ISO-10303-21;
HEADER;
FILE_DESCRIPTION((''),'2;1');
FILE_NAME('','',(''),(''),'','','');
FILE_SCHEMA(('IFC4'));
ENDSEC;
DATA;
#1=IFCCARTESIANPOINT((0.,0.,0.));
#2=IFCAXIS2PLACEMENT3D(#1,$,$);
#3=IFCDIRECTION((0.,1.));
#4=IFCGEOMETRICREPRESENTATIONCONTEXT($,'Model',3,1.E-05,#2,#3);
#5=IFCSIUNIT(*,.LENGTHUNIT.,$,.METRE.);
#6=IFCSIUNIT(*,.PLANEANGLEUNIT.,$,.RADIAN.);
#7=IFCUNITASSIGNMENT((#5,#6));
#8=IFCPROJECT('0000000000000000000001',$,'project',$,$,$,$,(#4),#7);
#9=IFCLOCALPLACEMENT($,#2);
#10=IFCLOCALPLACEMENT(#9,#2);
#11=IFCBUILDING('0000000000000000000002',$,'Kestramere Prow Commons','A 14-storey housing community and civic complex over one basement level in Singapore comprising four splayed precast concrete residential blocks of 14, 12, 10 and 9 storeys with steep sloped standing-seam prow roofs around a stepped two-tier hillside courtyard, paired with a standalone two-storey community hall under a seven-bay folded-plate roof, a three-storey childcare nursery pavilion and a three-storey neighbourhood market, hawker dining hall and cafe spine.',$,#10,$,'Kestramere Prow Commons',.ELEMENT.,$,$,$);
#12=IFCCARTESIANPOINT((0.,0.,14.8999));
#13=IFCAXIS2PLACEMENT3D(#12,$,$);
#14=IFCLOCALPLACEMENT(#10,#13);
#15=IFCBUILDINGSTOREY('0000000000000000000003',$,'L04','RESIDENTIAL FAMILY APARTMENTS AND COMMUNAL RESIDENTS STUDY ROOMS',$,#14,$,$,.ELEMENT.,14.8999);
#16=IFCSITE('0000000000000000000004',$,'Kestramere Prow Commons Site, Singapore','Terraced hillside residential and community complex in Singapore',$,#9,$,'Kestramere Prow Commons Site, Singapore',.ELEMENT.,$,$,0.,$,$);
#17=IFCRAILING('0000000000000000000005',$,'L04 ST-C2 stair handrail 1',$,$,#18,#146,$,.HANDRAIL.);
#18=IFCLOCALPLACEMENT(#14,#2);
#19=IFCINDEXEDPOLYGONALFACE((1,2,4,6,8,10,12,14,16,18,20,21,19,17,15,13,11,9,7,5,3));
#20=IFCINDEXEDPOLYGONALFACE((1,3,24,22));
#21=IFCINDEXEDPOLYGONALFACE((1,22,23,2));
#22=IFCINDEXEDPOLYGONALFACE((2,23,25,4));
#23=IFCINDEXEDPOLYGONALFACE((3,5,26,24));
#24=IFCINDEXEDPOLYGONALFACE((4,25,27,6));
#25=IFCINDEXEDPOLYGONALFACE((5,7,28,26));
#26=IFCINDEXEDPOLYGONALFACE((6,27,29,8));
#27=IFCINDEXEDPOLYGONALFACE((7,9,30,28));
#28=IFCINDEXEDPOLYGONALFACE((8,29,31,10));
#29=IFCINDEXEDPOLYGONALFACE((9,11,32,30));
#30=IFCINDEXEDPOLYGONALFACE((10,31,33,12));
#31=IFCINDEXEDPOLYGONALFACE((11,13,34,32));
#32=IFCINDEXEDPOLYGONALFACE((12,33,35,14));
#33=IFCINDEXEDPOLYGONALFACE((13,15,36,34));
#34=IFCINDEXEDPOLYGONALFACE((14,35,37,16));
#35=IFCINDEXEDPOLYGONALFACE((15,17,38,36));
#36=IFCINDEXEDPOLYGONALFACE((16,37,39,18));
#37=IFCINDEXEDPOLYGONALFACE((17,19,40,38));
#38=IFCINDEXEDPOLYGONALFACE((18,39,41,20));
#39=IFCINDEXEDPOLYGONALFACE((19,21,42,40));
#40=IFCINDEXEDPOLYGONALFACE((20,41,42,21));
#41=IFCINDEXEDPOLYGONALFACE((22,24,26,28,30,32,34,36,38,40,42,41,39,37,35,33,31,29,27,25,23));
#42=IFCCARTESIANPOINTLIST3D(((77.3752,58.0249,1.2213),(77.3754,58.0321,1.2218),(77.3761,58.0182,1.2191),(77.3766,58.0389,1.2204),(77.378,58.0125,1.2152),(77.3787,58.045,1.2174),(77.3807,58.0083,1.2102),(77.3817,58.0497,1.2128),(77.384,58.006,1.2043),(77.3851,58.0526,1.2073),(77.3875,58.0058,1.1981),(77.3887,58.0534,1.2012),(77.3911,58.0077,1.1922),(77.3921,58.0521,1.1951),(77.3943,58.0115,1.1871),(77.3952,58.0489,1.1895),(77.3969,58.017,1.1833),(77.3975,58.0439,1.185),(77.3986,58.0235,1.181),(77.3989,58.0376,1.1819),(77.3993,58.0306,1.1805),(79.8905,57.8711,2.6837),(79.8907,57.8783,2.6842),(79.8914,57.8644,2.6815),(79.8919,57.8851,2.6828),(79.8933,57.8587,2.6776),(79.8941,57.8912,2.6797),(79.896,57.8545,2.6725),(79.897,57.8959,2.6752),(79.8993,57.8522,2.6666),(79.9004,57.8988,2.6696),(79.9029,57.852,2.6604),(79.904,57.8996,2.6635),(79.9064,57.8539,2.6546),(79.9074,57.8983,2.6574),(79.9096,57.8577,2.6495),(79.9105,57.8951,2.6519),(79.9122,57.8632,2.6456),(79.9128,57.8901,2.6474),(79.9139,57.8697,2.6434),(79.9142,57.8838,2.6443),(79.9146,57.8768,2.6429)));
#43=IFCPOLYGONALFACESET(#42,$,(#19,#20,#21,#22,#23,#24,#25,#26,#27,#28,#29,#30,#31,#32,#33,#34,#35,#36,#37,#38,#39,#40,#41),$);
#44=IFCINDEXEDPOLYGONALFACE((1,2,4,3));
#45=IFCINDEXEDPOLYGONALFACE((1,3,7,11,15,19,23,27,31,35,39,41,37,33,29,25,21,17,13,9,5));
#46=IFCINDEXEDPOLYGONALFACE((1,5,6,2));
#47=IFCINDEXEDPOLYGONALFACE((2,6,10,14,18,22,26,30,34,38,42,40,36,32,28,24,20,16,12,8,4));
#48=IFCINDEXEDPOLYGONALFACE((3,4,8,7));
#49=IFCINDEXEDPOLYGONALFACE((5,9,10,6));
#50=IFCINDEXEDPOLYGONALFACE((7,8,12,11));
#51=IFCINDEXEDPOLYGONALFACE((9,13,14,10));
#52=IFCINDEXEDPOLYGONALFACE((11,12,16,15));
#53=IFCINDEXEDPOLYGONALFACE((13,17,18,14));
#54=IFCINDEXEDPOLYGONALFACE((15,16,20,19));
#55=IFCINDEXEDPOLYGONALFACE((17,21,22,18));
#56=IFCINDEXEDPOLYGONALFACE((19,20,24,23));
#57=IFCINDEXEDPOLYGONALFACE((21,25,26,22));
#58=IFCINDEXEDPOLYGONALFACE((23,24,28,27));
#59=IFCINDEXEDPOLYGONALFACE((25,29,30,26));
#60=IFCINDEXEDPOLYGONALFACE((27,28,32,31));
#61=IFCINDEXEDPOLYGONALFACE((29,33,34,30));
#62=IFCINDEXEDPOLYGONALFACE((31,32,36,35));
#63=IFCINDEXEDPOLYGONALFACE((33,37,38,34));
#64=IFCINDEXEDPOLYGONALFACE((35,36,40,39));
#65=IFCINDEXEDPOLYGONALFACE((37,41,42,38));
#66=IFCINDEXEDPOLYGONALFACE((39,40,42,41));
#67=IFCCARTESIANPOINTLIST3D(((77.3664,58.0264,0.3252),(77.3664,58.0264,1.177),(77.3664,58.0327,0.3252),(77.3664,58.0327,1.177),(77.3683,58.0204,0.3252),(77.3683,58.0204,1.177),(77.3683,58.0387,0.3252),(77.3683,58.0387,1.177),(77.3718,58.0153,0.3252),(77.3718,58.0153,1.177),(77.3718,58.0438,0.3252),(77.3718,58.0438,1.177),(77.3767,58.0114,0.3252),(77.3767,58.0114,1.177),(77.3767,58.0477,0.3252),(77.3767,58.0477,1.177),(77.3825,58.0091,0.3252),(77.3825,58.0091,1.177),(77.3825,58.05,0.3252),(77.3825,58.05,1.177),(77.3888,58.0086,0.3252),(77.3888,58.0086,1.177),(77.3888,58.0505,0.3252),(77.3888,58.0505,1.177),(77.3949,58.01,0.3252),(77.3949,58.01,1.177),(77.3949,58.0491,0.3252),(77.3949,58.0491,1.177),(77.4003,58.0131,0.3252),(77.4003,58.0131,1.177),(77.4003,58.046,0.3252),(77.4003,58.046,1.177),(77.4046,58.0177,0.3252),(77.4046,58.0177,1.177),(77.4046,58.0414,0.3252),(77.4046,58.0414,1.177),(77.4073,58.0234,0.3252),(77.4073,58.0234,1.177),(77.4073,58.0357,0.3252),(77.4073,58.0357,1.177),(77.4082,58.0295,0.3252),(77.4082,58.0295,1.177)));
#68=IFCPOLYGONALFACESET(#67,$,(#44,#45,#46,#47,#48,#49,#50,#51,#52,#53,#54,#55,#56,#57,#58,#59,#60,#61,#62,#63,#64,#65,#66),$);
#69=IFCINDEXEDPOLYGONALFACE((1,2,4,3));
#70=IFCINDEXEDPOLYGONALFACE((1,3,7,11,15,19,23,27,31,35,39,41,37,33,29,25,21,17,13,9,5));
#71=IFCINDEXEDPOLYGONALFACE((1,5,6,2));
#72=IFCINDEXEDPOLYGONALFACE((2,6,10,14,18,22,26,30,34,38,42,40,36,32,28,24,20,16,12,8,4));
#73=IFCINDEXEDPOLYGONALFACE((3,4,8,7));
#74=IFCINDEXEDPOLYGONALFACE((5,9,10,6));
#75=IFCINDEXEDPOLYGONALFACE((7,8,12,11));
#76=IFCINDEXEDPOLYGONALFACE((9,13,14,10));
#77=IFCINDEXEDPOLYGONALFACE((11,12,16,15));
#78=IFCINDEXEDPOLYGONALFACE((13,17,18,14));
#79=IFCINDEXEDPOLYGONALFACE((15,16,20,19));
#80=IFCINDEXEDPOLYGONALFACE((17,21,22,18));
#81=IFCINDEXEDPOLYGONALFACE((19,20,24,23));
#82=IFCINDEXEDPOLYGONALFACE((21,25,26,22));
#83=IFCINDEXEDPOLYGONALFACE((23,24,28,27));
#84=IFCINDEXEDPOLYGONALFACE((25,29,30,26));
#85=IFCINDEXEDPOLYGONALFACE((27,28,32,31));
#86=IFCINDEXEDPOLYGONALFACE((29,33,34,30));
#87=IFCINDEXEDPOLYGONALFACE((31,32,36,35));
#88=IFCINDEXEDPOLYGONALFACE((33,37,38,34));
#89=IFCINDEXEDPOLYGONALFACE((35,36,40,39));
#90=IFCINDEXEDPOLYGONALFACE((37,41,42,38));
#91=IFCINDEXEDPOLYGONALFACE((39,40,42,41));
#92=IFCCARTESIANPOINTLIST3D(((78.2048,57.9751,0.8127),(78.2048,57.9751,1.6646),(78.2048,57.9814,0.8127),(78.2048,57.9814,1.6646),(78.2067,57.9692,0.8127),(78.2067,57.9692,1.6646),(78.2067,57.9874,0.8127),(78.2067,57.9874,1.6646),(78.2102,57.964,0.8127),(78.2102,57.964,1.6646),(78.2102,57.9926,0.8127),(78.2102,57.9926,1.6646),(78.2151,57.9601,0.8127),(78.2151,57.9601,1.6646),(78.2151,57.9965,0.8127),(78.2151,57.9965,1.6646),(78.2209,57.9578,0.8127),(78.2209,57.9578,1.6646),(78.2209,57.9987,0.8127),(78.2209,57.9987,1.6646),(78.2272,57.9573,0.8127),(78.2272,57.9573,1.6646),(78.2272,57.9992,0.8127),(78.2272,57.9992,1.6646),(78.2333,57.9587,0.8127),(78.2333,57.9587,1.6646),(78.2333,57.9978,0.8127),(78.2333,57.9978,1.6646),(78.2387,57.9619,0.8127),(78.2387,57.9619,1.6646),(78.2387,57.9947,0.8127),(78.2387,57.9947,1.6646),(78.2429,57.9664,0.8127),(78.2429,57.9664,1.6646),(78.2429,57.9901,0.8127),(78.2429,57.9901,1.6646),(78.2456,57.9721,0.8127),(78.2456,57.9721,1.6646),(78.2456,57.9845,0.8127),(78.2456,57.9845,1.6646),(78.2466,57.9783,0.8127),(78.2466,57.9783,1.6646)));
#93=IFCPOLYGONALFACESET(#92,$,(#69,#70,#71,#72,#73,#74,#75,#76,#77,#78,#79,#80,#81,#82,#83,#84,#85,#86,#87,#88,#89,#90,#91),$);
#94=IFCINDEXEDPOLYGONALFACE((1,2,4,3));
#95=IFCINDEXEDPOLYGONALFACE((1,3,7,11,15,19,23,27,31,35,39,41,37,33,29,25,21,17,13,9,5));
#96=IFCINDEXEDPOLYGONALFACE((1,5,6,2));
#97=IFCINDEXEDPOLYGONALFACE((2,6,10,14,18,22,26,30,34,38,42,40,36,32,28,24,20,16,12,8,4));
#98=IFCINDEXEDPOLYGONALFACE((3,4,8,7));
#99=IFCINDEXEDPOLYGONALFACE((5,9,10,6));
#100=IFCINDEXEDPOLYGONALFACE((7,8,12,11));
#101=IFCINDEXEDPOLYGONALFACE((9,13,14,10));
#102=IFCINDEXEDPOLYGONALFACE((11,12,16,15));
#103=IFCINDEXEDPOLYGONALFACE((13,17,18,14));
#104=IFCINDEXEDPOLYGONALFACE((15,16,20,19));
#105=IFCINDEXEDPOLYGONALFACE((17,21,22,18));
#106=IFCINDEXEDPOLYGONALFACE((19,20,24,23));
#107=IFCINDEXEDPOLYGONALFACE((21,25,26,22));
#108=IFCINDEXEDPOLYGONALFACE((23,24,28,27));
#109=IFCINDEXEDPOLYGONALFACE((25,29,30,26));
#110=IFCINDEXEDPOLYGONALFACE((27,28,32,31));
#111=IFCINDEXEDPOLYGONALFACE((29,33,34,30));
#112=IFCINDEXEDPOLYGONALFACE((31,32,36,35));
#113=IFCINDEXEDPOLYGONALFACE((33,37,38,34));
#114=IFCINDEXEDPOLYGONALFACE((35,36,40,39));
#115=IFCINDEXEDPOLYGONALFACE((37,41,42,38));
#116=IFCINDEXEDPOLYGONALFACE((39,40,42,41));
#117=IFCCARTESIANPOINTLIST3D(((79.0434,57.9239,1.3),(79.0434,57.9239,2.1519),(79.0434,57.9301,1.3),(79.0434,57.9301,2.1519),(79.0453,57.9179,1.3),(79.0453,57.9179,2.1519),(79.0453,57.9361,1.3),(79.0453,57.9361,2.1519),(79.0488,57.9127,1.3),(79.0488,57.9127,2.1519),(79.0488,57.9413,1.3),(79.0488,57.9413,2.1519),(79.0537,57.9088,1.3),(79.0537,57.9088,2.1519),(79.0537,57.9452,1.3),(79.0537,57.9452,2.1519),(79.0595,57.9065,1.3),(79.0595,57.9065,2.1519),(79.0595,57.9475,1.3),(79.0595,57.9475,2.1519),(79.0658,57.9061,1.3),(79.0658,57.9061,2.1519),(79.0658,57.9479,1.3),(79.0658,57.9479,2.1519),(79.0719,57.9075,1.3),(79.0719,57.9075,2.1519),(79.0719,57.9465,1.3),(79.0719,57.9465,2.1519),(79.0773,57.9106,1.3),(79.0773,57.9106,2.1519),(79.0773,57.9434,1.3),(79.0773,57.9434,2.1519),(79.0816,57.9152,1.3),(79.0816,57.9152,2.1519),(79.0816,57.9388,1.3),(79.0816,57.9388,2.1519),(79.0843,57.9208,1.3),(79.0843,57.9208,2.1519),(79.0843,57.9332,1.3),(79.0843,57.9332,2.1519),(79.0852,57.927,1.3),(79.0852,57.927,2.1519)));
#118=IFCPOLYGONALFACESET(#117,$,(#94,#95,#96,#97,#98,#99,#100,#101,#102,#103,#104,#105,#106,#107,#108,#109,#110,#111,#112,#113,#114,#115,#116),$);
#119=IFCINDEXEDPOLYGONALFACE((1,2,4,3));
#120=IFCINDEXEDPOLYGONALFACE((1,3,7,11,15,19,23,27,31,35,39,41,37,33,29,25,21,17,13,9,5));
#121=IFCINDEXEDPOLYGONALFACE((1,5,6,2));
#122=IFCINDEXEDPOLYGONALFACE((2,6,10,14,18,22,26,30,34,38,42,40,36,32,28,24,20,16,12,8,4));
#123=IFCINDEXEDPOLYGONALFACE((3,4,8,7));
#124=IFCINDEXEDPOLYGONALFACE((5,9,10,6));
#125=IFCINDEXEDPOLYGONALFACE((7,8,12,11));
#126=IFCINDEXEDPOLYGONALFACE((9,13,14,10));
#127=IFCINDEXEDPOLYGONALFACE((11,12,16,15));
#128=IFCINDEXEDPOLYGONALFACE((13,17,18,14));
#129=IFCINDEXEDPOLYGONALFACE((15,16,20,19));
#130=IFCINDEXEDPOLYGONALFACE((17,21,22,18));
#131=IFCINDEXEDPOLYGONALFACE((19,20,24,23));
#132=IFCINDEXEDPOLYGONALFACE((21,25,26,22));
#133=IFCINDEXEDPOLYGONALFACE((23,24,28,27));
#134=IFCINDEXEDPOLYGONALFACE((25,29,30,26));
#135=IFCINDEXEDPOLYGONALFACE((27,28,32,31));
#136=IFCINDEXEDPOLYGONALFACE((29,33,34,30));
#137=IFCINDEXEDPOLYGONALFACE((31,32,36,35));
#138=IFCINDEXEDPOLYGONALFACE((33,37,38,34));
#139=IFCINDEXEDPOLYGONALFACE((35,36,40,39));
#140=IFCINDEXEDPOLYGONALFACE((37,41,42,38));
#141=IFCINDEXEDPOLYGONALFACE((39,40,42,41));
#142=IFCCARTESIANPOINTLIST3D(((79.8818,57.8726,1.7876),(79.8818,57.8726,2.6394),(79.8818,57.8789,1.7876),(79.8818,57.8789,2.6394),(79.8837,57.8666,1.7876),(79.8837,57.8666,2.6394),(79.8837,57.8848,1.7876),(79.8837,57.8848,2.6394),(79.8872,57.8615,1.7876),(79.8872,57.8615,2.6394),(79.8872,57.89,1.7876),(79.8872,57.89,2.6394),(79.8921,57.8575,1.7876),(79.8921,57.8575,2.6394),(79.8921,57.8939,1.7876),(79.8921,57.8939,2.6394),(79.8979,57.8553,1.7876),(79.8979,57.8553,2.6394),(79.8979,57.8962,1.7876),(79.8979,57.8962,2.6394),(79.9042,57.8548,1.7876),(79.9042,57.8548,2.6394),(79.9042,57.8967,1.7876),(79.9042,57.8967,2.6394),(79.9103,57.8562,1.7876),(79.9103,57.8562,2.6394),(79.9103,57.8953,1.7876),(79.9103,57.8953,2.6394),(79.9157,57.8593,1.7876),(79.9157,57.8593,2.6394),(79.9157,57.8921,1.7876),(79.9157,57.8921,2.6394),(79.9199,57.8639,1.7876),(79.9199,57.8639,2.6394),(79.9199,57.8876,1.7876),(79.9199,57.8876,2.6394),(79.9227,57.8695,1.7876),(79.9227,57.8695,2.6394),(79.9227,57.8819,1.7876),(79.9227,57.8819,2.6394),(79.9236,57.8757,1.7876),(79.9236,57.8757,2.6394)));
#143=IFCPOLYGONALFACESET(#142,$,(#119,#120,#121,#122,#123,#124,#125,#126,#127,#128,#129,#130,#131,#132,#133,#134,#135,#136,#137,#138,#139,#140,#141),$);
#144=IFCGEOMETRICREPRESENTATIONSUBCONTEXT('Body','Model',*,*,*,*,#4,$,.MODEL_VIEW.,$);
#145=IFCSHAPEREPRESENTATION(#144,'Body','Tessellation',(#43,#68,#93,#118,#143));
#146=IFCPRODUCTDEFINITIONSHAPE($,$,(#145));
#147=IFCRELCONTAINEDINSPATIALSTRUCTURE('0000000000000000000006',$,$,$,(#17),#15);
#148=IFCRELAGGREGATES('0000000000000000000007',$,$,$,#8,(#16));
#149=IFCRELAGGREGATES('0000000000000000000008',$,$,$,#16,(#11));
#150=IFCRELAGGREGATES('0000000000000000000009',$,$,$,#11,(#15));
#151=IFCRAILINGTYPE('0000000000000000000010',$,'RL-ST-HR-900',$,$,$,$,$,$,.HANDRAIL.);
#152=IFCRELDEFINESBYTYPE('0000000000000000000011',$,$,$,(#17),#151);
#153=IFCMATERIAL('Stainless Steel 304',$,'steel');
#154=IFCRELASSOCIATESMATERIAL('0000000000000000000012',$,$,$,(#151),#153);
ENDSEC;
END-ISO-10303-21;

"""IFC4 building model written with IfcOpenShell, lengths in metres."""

from ifc_helpers import new_model, si_unit, direction, frame, origin, origin_2d, place, context, subcontext, project, spatial, circle, extrude, material, type_object, element, save


model = new_model("IFC4")

# Units and contexts
model_context = context("Model", 3, precision=1e-05, world=origin(), true_north=direction((0.0, 1.0)))
body_context = subcontext(model_context, "Body", "Model", "MODEL_VIEW")
ifc_project = project(units=[si_unit("LENGTHUNIT", "METRE"), si_unit("PLANEANGLEUNIT", "RADIAN")], contexts=[model_context])

# Site, building, storey
site_placement = place(None, origin())
site = spatial("IfcSite", under=ifc_project, at=site_placement, Name="Kestramere Prow Commons Site, Singapore", Description="Terraced hillside residential and community complex in Singapore", LongName="Kestramere Prow Commons Site, Singapore", CompositionType="ELEMENT", RefElevation=0.0)
building_placement = place(site_placement, origin())
building = spatial("IfcBuilding", under=site, at=building_placement, Name="Kestramere Prow Commons", Description="A 14-storey housing community and civic complex over one basement level in Singapore comprising four splayed precast concrete residential blocks of 14, 12, 10 and 9 storeys with steep sloped standing-seam prow roofs around a stepped two-tier hillside courtyard, paired with a standalone two-storey community hall under a seven-bay folded-plate roof, a three-storey childcare nursery pavilion and a three-storey neighbourhood market, hawker dining hall and cafe spine.", LongName="Kestramere Prow Commons", CompositionType="ELEMENT")
storey_placement = place(building_placement, frame((0.0, 0.0, 14.8999)))
storey = spatial("IfcBuildingStorey", under=building, at=storey_placement, Name="L04", Description="RESIDENTIAL FAMILY APARTMENTS AND COMMUNAL RESIDENTS STUDY ROOMS", CompositionType="ELEMENT", Elevation=14.8999)

# Railing
ifc_material_1 = material(Name="Stainless Steel 304", Category="steel")
railing_type = type_object("IfcRailingType", Name="RL-ST-HR-900", PredefinedType="HANDRAIL", material=ifc_material_1)
railing_placement = place(storey_placement, frame((77.3872, 58.0295, 0.3252)))
element("IfcRailing", 1, at=railing_placement, inside=storey, type_object=railing_type, Name="L04 ST-C2 stair handrail 1", PredefinedType="HANDRAIL", context=body_context, shape_type="SweptSolid", body=[
    extrude(circle(Radius=0.0239, at=origin_2d()), frame((0.0, 0.0, 0.876), z_axis=(0.863306, -0.052789, 0.501912), x_axis=(0.061033, 0.998136, 0.0)), (0.0, 0.0, 1.0), 2.9136),
    extrude(circle(Radius=0.021, at=origin_2d()), origin(), (0.0, 0.0, 1.0), 0.8518),
    extrude(circle(Radius=0.021, at=origin_2d()), frame((0.8384, -0.0513, 0.4875)), (0.0, 0.0, 1.0), 0.8518),
    extrude(circle(Radius=0.021, at=origin_2d()), frame((1.677, -0.1025, 0.9749)), (0.0, 0.0, 1.0), 0.8518),
    extrude(circle(Radius=0.021, at=origin_2d()), frame((2.5154, -0.1538, 1.4624)), (0.0, 0.0, 1.0), 0.8518),
])

save(model, "model.ifc")
